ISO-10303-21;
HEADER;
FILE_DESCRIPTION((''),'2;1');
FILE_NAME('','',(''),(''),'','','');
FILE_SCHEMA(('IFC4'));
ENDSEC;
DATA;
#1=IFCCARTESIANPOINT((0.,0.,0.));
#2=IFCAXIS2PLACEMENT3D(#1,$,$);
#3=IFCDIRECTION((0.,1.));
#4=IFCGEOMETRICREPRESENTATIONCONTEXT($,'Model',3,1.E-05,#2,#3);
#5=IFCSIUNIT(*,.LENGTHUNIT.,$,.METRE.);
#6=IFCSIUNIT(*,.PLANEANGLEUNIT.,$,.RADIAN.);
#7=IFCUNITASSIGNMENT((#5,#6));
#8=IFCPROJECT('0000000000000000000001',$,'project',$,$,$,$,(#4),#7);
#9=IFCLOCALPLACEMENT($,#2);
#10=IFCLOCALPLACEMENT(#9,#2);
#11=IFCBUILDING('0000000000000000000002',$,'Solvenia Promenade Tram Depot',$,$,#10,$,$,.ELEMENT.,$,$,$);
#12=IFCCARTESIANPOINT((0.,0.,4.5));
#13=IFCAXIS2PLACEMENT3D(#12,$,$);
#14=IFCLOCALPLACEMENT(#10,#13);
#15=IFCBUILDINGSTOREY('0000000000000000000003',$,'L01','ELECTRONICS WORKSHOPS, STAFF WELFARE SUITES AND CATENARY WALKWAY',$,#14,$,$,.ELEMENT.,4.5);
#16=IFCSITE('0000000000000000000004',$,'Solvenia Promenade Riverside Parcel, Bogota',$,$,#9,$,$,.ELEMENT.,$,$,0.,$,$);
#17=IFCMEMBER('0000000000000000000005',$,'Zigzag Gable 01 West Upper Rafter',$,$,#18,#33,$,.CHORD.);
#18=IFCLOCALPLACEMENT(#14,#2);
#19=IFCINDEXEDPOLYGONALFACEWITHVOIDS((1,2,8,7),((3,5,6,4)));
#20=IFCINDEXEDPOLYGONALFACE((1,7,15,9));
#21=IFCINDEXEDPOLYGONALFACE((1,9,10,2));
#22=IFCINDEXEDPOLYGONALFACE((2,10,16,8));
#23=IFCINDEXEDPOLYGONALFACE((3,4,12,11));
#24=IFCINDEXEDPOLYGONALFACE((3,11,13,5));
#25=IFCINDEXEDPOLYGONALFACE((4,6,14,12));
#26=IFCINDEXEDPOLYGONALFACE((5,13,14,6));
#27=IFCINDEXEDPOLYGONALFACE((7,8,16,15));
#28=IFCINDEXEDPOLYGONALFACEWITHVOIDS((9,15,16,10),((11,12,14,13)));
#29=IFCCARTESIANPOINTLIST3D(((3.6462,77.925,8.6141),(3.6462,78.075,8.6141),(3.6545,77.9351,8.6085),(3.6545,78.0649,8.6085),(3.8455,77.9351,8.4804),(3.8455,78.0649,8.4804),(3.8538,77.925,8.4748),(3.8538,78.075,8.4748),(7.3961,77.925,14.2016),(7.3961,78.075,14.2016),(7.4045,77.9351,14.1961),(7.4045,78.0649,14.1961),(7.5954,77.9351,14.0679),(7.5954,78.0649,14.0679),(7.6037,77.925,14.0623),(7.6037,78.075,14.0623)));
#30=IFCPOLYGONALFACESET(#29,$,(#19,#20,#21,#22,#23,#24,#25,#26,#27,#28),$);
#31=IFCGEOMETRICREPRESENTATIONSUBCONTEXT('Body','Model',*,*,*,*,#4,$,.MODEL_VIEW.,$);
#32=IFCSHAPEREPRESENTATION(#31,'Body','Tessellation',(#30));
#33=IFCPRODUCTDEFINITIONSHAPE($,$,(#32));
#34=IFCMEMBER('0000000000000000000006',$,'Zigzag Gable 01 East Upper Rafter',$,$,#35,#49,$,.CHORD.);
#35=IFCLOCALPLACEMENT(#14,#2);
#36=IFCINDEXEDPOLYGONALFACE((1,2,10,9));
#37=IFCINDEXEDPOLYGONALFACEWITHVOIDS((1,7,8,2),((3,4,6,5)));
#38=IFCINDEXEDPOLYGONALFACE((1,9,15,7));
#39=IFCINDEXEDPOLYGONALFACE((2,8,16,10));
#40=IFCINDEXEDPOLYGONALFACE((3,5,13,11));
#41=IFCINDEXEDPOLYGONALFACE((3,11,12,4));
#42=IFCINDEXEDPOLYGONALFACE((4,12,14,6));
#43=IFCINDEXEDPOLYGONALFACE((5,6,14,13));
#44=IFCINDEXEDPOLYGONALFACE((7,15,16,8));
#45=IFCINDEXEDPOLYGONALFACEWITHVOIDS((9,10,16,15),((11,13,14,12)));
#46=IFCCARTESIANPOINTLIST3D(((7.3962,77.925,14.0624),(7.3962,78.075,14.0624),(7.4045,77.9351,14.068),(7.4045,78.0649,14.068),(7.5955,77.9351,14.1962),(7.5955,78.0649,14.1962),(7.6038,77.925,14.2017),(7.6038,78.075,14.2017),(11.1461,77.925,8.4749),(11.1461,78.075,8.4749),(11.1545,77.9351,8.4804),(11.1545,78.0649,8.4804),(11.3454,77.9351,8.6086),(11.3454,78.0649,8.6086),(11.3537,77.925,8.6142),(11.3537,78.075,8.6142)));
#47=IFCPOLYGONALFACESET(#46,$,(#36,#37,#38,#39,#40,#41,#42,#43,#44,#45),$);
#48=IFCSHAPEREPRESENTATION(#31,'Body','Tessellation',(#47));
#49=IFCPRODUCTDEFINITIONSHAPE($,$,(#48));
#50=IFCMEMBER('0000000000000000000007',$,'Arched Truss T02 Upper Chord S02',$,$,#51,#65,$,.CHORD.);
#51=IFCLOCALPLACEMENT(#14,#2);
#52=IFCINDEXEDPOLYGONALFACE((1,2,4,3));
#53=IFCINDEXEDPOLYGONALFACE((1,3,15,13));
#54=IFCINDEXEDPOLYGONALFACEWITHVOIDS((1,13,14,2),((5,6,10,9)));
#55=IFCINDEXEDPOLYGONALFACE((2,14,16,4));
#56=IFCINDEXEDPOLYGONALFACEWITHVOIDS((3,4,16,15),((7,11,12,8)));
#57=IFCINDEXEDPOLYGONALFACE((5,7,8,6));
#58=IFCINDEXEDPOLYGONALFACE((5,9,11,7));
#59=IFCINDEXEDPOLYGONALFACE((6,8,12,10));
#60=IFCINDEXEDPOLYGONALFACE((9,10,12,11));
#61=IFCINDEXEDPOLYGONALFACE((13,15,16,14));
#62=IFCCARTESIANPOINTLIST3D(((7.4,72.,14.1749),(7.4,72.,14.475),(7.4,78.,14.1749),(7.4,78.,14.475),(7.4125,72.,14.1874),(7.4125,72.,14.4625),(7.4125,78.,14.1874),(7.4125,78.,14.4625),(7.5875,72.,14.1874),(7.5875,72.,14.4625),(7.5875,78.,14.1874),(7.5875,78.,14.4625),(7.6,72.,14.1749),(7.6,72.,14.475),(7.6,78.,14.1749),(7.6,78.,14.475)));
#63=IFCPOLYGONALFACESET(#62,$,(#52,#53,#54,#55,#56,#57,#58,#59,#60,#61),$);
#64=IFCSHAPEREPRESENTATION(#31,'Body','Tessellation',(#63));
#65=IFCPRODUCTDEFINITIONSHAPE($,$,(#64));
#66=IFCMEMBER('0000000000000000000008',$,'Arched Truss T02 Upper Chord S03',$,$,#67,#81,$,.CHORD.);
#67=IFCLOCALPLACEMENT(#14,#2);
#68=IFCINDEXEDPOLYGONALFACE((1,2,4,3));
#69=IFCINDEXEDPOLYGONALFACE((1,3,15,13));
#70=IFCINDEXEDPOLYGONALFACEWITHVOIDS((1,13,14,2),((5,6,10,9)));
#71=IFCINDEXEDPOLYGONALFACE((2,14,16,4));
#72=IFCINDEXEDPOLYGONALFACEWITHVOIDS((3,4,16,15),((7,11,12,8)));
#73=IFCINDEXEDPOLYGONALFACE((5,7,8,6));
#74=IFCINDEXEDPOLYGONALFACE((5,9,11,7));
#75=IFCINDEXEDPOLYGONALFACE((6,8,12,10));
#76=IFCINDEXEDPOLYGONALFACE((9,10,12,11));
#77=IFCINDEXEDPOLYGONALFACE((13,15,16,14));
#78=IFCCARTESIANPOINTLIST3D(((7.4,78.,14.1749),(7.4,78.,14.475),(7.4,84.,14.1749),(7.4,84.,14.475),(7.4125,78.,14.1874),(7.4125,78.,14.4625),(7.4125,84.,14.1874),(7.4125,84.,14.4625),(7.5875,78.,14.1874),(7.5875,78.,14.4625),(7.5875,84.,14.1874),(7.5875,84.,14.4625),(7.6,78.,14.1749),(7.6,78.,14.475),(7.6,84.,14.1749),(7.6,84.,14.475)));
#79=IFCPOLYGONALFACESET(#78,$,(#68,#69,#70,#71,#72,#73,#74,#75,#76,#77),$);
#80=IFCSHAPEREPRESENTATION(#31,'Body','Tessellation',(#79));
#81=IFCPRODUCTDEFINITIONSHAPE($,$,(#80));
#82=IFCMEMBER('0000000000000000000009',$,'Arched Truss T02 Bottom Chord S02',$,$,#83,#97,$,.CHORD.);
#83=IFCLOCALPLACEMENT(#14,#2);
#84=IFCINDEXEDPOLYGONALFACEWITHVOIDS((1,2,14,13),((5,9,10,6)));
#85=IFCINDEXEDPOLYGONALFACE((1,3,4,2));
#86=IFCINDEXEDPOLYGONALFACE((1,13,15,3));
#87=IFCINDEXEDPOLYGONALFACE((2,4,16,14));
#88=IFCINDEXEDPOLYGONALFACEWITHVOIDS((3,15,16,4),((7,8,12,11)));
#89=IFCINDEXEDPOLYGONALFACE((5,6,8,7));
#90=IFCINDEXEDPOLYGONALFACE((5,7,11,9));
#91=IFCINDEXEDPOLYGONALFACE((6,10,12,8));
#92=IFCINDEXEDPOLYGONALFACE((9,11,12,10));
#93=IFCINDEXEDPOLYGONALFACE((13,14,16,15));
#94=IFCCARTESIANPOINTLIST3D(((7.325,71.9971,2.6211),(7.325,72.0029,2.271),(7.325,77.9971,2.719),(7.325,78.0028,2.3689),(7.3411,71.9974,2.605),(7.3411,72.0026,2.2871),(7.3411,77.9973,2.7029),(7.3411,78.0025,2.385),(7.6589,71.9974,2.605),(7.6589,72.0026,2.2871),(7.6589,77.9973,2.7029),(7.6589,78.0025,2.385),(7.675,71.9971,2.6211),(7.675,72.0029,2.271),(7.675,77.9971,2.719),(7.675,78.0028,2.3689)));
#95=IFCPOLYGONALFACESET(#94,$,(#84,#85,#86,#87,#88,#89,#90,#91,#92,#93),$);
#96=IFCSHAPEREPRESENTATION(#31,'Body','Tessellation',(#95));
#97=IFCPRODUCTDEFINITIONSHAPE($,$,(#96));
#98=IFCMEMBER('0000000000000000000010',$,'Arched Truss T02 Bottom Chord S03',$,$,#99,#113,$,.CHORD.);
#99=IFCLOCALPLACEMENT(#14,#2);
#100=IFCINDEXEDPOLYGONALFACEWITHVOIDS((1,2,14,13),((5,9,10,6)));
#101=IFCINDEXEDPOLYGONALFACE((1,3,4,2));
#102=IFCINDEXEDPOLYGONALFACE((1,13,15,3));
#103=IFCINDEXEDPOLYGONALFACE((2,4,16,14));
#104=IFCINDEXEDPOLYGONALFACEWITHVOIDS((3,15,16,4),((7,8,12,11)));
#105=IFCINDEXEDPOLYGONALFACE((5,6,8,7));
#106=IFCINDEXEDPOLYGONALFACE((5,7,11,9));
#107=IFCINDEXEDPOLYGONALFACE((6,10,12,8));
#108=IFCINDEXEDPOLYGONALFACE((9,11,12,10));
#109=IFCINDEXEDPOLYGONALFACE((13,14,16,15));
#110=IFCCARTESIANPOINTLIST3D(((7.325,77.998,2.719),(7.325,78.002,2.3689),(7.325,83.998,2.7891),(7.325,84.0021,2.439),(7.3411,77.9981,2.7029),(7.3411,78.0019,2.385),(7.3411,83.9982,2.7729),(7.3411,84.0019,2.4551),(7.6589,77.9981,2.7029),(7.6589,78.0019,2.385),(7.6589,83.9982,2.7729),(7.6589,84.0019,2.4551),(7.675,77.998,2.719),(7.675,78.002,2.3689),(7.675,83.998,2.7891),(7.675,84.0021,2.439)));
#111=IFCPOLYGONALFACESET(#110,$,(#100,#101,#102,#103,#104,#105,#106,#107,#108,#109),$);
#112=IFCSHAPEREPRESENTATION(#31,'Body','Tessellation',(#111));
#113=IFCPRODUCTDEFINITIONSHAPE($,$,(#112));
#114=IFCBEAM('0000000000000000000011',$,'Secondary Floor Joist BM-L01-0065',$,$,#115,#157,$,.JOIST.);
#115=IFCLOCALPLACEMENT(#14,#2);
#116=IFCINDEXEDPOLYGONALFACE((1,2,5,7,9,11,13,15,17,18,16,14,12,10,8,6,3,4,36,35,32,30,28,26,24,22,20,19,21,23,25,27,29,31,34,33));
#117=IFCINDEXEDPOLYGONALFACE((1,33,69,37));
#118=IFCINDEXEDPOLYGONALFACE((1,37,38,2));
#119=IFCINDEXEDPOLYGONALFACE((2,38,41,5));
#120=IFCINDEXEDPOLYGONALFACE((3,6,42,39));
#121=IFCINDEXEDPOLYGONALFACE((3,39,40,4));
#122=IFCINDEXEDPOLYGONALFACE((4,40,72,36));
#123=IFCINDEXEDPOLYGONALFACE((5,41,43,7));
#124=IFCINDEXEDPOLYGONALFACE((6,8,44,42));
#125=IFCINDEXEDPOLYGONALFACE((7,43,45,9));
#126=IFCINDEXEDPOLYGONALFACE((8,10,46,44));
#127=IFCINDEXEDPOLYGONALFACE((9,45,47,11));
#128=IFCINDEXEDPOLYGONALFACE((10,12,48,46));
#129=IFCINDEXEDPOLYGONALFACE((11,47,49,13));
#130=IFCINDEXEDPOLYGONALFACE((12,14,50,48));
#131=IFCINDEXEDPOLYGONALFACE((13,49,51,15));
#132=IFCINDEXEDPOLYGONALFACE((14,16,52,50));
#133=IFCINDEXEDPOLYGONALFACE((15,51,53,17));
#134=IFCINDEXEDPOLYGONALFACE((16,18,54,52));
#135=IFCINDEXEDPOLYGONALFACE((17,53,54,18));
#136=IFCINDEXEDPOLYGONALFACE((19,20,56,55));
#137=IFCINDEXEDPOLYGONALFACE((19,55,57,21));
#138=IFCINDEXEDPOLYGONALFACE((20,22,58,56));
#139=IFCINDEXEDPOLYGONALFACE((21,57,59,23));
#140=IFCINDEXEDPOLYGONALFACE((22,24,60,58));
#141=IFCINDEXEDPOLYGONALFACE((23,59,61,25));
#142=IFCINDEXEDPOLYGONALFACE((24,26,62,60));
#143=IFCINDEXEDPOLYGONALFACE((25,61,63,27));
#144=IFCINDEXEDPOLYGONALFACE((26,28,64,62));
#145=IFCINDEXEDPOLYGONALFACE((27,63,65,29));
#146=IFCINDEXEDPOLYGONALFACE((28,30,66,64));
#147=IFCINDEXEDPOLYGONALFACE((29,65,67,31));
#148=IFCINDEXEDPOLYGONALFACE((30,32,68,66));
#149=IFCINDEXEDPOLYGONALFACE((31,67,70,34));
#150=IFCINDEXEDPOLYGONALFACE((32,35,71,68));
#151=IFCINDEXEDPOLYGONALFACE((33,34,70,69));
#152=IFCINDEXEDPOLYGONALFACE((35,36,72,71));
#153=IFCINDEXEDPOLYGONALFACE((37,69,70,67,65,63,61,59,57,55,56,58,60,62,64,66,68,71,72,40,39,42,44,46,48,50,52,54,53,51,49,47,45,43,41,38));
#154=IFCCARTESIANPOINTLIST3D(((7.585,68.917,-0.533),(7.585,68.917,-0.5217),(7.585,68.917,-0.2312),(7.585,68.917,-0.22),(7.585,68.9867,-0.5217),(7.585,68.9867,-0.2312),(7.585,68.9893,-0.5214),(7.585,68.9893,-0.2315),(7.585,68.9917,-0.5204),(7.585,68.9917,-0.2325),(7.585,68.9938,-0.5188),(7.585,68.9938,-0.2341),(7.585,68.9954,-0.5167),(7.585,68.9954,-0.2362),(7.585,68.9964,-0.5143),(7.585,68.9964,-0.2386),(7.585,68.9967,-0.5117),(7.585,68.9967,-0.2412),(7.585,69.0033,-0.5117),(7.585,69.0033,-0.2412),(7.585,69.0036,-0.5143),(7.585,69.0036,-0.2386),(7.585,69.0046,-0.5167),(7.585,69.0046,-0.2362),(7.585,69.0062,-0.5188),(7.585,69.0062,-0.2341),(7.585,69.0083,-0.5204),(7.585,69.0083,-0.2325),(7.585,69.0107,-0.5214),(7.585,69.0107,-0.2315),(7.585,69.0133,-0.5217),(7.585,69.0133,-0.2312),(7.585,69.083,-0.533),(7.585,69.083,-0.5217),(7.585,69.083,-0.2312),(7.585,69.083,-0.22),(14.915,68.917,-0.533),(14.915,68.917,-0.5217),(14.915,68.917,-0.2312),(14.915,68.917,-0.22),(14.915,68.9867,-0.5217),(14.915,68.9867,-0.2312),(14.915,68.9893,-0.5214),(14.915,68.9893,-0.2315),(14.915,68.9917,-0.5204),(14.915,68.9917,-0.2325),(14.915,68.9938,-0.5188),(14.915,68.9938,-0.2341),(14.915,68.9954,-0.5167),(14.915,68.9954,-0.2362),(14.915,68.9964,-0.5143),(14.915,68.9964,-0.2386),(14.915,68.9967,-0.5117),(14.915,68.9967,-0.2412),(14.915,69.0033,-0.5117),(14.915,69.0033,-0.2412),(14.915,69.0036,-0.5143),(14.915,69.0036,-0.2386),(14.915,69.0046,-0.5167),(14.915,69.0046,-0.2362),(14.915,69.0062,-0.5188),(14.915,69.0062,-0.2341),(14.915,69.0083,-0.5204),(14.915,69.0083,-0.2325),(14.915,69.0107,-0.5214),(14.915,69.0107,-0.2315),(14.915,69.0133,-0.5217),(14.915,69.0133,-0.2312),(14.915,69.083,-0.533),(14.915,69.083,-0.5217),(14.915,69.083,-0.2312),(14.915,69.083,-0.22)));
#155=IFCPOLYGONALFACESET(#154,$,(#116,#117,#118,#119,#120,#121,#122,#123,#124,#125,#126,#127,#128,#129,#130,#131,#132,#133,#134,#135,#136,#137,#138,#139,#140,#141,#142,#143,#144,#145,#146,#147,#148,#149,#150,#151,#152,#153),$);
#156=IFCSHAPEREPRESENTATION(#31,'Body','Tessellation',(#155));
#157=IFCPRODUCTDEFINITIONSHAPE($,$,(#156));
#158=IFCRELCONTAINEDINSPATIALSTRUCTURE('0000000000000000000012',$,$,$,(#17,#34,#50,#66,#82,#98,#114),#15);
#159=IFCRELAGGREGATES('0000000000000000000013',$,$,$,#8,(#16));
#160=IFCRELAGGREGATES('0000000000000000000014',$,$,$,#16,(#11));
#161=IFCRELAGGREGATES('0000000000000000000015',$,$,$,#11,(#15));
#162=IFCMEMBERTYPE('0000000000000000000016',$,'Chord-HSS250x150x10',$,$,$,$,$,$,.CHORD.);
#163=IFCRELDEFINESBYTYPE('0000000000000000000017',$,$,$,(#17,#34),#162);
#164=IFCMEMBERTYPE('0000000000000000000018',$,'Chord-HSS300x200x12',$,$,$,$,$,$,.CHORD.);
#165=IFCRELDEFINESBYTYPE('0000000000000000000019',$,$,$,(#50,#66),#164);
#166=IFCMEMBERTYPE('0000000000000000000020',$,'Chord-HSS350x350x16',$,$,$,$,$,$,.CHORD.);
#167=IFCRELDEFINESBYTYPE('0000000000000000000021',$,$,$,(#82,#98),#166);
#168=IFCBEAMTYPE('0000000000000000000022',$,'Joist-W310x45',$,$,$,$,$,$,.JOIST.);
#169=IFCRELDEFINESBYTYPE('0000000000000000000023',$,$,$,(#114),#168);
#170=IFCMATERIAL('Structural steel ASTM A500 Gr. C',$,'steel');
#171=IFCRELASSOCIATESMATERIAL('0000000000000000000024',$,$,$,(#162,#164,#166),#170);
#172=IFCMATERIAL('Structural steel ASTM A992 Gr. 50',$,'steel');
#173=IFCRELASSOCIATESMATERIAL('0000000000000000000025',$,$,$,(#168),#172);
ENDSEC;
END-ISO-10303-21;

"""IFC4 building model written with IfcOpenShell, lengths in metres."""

from ifc_helpers import new_model, si_unit, direction, frame, origin, origin_2d, place, context, subcontext, project, spatial, hollow_rectangle, i_section, extrude, material, material_profile, profile_set, type_object, element, save


model = new_model("IFC4")

# Units and contexts
model_context = context("Model", 3, precision=1e-05, world=origin(), true_north=direction((0.0, 1.0)))
body_context = subcontext(model_context, "Body", "Model", "MODEL_VIEW")
ifc_project = project(units=[si_unit("LENGTHUNIT", "METRE"), si_unit("PLANEANGLEUNIT", "RADIAN")], contexts=[model_context])

# Site, building, storey
site_placement = place(None, origin())
site = spatial("IfcSite", under=ifc_project, at=site_placement, Name="Solvenia Promenade Riverside Parcel, Bogota", CompositionType="ELEMENT", RefElevation=0.0)
building_placement = place(site_placement, origin())
building = spatial("IfcBuilding", under=site, at=building_placement, Name="Solvenia Promenade Tram Depot", CompositionType="ELEMENT")
storey_placement = place(building_placement, frame((0.0, 0.0, 4.5)))
storey = spatial("IfcBuildingStorey", under=building, at=storey_placement, Name="L01", Description="ELECTRONICS WORKSHOPS, STAFF WELFARE SUITES AND CATENARY WALKWAY", CompositionType="ELEMENT", Elevation=4.5)

# Shared definitions
ifc_material_1 = material(Name="Structural steel ASTM A992 Gr. 50", Category="steel")

# Members
ifc_material_2 = material(Name="Structural steel ASTM A500 Gr. C", Category="steel")
ifc_material_profile_1 = material_profile(ifc_material_2, hollow_rectangle(XDim=0.1499, YDim=0.25, WallThickness=0.01, at=origin_2d()), Name="HSS250x150x10", Category="steel")
ifc_profile_set_1 = profile_set([ifc_material_profile_1], Name="Structural steel ASTM A500 Gr. C")
member_type_1 = type_object("IfcMemberType", Name="Chord-HSS250x150x10", PredefinedType="CHORD", material=ifc_profile_set_1)
for number, where, z_axis, x_axis, name in (
    (1, (3.75, 78.0, 8.5444), (0.557259, 0.0, 0.830338), (0.0, 1.0, 0.0), "Zigzag Gable 01 West Upper Rafter"),
    (2, (7.5, 78.0, 14.1321), (0.557259, 0.0, -0.830338), (0.0, 1.0, 0.0), "Zigzag Gable 01 East Upper Rafter"),
):
    element("IfcMember", number, at=place(storey_placement, frame(where, z_axis=z_axis, x_axis=x_axis)), inside=storey, type_object=member_type_1, Name=name, PredefinedType="CHORD", context=body_context, shape_type="SweptSolid", body=[
        extrude(hollow_rectangle(XDim=0.1499, YDim=0.25, WallThickness=0.01, at=origin_2d()), origin(), (0.0, 0.0, 1.0), 6.7292),
    ])
ifc_material_profile_2 = material_profile(ifc_material_2, hollow_rectangle(XDim=0.2, YDim=0.3, WallThickness=0.0125, at=origin_2d()), Name="HSS300x200x12.5", Category="steel")
ifc_profile_set_2 = profile_set([ifc_material_profile_2], Name="Structural steel ASTM A500 Gr. C")
member_type_2 = type_object("IfcMemberType", Name="Chord-HSS300x200x12", PredefinedType="CHORD", material=ifc_profile_set_2)
for number, where, z_axis, x_axis, name in (
    (3, (7.5, 72.0, 14.325), (0.0, 1.0, 0.0), (-1.0, 0.0, 0.0), "Arched Truss T02 Upper Chord S02"),
    (4, (7.5, 78.0, 14.325), (0.0, 1.0, 0.0), (-1.0, 0.0, 0.0), "Arched Truss T02 Upper Chord S03"),
):
    element("IfcMember", number, at=place(storey_placement, frame(where, z_axis=z_axis, x_axis=x_axis)), inside=storey, type_object=member_type_2, Name=name, PredefinedType="CHORD", context=body_context, shape_type="SweptSolid", body=[
        extrude(hollow_rectangle(XDim=0.2, YDim=0.3, WallThickness=0.0125, at=origin_2d()), origin(), (0.0, 0.0, 1.0), 6.0),
    ])
ifc_material_profile_3 = material_profile(ifc_material_2, hollow_rectangle(XDim=0.3501, YDim=0.3501, WallThickness=0.0161, at=origin_2d()), Name="HSS350x350x16", Category="steel")
ifc_profile_set_3 = profile_set([ifc_material_profile_3], Name="Structural steel ASTM A500 Gr. C")
member_type_3 = type_object("IfcMemberType", Name="Chord-HSS350x350x16", PredefinedType="CHORD", material=ifc_profile_set_3)
member_1_placement = place(storey_placement, frame((7.5, 72.0, 2.446), z_axis=(0.0, 0.999867, 0.016315), x_axis=(-1.0, 0.0, 0.0)))
element("IfcMember", 5, at=member_1_placement, inside=storey, type_object=member_type_3, Name="Arched Truss T02 Bottom Chord S02", PredefinedType="CHORD", context=body_context, shape_type="SweptSolid", body=[
    extrude(hollow_rectangle(XDim=0.3501, YDim=0.3501, WallThickness=0.0161, at=origin_2d()), origin(), (0.0, 0.0, 1.0), 6.0007),
])
member_2_placement = place(storey_placement, frame((7.5, 78.0, 2.5439), z_axis=(0.0, 0.999932, 0.011677), x_axis=(-1.0, 0.0, 0.0)))
element("IfcMember", 6, at=member_2_placement, inside=storey, type_object=member_type_3, Name="Arched Truss T02 Bottom Chord S03", PredefinedType="CHORD", context=body_context, shape_type="SweptSolid", body=[
    extrude(hollow_rectangle(XDim=0.3501, YDim=0.3501, WallThickness=0.0161, at=origin_2d()), origin(), (0.0, 0.0, 1.0), 6.0005),
])

# Beam
ifc_material_profile_4 = material_profile(ifc_material_1, i_section(OverallWidth=0.166, OverallDepth=0.313, WebThickness=0.0066, FlangeThickness=0.0112, FilletRadius=0.01, at=origin_2d()), Name="W310x45", Category="steel")
ifc_profile_set_4 = profile_set([ifc_material_profile_4], Name="Structural steel ASTM A992 Gr. 50")
beam_type_1 = type_object("IfcBeamType", Name="Joist-W310x45", PredefinedType="JOIST", material=ifc_profile_set_4)
for number, where, z_axis, x_axis, name in (
    (7, (7.585, 69.0, -0.3765), (1.0, 0.0, 0.0), (0.0, 1.0, 0.0), "Secondary Floor Joist BM-L01-0065"),
):
    element("IfcBeam", number, at=place(storey_placement, frame(where, z_axis=z_axis, x_axis=x_axis)), inside=storey, type_object=beam_type_1, Name=name, PredefinedType="JOIST", context=body_context, shape_type="SweptSolid", body=[
        extrude(i_section(OverallWidth=0.166, OverallDepth=0.313, WebThickness=0.0066, FlangeThickness=0.0112, FilletRadius=0.01, at=origin_2d()), origin(), (0.0, 0.0, 1.0), 7.3301),
    ])

save(model, "model.ifc")
